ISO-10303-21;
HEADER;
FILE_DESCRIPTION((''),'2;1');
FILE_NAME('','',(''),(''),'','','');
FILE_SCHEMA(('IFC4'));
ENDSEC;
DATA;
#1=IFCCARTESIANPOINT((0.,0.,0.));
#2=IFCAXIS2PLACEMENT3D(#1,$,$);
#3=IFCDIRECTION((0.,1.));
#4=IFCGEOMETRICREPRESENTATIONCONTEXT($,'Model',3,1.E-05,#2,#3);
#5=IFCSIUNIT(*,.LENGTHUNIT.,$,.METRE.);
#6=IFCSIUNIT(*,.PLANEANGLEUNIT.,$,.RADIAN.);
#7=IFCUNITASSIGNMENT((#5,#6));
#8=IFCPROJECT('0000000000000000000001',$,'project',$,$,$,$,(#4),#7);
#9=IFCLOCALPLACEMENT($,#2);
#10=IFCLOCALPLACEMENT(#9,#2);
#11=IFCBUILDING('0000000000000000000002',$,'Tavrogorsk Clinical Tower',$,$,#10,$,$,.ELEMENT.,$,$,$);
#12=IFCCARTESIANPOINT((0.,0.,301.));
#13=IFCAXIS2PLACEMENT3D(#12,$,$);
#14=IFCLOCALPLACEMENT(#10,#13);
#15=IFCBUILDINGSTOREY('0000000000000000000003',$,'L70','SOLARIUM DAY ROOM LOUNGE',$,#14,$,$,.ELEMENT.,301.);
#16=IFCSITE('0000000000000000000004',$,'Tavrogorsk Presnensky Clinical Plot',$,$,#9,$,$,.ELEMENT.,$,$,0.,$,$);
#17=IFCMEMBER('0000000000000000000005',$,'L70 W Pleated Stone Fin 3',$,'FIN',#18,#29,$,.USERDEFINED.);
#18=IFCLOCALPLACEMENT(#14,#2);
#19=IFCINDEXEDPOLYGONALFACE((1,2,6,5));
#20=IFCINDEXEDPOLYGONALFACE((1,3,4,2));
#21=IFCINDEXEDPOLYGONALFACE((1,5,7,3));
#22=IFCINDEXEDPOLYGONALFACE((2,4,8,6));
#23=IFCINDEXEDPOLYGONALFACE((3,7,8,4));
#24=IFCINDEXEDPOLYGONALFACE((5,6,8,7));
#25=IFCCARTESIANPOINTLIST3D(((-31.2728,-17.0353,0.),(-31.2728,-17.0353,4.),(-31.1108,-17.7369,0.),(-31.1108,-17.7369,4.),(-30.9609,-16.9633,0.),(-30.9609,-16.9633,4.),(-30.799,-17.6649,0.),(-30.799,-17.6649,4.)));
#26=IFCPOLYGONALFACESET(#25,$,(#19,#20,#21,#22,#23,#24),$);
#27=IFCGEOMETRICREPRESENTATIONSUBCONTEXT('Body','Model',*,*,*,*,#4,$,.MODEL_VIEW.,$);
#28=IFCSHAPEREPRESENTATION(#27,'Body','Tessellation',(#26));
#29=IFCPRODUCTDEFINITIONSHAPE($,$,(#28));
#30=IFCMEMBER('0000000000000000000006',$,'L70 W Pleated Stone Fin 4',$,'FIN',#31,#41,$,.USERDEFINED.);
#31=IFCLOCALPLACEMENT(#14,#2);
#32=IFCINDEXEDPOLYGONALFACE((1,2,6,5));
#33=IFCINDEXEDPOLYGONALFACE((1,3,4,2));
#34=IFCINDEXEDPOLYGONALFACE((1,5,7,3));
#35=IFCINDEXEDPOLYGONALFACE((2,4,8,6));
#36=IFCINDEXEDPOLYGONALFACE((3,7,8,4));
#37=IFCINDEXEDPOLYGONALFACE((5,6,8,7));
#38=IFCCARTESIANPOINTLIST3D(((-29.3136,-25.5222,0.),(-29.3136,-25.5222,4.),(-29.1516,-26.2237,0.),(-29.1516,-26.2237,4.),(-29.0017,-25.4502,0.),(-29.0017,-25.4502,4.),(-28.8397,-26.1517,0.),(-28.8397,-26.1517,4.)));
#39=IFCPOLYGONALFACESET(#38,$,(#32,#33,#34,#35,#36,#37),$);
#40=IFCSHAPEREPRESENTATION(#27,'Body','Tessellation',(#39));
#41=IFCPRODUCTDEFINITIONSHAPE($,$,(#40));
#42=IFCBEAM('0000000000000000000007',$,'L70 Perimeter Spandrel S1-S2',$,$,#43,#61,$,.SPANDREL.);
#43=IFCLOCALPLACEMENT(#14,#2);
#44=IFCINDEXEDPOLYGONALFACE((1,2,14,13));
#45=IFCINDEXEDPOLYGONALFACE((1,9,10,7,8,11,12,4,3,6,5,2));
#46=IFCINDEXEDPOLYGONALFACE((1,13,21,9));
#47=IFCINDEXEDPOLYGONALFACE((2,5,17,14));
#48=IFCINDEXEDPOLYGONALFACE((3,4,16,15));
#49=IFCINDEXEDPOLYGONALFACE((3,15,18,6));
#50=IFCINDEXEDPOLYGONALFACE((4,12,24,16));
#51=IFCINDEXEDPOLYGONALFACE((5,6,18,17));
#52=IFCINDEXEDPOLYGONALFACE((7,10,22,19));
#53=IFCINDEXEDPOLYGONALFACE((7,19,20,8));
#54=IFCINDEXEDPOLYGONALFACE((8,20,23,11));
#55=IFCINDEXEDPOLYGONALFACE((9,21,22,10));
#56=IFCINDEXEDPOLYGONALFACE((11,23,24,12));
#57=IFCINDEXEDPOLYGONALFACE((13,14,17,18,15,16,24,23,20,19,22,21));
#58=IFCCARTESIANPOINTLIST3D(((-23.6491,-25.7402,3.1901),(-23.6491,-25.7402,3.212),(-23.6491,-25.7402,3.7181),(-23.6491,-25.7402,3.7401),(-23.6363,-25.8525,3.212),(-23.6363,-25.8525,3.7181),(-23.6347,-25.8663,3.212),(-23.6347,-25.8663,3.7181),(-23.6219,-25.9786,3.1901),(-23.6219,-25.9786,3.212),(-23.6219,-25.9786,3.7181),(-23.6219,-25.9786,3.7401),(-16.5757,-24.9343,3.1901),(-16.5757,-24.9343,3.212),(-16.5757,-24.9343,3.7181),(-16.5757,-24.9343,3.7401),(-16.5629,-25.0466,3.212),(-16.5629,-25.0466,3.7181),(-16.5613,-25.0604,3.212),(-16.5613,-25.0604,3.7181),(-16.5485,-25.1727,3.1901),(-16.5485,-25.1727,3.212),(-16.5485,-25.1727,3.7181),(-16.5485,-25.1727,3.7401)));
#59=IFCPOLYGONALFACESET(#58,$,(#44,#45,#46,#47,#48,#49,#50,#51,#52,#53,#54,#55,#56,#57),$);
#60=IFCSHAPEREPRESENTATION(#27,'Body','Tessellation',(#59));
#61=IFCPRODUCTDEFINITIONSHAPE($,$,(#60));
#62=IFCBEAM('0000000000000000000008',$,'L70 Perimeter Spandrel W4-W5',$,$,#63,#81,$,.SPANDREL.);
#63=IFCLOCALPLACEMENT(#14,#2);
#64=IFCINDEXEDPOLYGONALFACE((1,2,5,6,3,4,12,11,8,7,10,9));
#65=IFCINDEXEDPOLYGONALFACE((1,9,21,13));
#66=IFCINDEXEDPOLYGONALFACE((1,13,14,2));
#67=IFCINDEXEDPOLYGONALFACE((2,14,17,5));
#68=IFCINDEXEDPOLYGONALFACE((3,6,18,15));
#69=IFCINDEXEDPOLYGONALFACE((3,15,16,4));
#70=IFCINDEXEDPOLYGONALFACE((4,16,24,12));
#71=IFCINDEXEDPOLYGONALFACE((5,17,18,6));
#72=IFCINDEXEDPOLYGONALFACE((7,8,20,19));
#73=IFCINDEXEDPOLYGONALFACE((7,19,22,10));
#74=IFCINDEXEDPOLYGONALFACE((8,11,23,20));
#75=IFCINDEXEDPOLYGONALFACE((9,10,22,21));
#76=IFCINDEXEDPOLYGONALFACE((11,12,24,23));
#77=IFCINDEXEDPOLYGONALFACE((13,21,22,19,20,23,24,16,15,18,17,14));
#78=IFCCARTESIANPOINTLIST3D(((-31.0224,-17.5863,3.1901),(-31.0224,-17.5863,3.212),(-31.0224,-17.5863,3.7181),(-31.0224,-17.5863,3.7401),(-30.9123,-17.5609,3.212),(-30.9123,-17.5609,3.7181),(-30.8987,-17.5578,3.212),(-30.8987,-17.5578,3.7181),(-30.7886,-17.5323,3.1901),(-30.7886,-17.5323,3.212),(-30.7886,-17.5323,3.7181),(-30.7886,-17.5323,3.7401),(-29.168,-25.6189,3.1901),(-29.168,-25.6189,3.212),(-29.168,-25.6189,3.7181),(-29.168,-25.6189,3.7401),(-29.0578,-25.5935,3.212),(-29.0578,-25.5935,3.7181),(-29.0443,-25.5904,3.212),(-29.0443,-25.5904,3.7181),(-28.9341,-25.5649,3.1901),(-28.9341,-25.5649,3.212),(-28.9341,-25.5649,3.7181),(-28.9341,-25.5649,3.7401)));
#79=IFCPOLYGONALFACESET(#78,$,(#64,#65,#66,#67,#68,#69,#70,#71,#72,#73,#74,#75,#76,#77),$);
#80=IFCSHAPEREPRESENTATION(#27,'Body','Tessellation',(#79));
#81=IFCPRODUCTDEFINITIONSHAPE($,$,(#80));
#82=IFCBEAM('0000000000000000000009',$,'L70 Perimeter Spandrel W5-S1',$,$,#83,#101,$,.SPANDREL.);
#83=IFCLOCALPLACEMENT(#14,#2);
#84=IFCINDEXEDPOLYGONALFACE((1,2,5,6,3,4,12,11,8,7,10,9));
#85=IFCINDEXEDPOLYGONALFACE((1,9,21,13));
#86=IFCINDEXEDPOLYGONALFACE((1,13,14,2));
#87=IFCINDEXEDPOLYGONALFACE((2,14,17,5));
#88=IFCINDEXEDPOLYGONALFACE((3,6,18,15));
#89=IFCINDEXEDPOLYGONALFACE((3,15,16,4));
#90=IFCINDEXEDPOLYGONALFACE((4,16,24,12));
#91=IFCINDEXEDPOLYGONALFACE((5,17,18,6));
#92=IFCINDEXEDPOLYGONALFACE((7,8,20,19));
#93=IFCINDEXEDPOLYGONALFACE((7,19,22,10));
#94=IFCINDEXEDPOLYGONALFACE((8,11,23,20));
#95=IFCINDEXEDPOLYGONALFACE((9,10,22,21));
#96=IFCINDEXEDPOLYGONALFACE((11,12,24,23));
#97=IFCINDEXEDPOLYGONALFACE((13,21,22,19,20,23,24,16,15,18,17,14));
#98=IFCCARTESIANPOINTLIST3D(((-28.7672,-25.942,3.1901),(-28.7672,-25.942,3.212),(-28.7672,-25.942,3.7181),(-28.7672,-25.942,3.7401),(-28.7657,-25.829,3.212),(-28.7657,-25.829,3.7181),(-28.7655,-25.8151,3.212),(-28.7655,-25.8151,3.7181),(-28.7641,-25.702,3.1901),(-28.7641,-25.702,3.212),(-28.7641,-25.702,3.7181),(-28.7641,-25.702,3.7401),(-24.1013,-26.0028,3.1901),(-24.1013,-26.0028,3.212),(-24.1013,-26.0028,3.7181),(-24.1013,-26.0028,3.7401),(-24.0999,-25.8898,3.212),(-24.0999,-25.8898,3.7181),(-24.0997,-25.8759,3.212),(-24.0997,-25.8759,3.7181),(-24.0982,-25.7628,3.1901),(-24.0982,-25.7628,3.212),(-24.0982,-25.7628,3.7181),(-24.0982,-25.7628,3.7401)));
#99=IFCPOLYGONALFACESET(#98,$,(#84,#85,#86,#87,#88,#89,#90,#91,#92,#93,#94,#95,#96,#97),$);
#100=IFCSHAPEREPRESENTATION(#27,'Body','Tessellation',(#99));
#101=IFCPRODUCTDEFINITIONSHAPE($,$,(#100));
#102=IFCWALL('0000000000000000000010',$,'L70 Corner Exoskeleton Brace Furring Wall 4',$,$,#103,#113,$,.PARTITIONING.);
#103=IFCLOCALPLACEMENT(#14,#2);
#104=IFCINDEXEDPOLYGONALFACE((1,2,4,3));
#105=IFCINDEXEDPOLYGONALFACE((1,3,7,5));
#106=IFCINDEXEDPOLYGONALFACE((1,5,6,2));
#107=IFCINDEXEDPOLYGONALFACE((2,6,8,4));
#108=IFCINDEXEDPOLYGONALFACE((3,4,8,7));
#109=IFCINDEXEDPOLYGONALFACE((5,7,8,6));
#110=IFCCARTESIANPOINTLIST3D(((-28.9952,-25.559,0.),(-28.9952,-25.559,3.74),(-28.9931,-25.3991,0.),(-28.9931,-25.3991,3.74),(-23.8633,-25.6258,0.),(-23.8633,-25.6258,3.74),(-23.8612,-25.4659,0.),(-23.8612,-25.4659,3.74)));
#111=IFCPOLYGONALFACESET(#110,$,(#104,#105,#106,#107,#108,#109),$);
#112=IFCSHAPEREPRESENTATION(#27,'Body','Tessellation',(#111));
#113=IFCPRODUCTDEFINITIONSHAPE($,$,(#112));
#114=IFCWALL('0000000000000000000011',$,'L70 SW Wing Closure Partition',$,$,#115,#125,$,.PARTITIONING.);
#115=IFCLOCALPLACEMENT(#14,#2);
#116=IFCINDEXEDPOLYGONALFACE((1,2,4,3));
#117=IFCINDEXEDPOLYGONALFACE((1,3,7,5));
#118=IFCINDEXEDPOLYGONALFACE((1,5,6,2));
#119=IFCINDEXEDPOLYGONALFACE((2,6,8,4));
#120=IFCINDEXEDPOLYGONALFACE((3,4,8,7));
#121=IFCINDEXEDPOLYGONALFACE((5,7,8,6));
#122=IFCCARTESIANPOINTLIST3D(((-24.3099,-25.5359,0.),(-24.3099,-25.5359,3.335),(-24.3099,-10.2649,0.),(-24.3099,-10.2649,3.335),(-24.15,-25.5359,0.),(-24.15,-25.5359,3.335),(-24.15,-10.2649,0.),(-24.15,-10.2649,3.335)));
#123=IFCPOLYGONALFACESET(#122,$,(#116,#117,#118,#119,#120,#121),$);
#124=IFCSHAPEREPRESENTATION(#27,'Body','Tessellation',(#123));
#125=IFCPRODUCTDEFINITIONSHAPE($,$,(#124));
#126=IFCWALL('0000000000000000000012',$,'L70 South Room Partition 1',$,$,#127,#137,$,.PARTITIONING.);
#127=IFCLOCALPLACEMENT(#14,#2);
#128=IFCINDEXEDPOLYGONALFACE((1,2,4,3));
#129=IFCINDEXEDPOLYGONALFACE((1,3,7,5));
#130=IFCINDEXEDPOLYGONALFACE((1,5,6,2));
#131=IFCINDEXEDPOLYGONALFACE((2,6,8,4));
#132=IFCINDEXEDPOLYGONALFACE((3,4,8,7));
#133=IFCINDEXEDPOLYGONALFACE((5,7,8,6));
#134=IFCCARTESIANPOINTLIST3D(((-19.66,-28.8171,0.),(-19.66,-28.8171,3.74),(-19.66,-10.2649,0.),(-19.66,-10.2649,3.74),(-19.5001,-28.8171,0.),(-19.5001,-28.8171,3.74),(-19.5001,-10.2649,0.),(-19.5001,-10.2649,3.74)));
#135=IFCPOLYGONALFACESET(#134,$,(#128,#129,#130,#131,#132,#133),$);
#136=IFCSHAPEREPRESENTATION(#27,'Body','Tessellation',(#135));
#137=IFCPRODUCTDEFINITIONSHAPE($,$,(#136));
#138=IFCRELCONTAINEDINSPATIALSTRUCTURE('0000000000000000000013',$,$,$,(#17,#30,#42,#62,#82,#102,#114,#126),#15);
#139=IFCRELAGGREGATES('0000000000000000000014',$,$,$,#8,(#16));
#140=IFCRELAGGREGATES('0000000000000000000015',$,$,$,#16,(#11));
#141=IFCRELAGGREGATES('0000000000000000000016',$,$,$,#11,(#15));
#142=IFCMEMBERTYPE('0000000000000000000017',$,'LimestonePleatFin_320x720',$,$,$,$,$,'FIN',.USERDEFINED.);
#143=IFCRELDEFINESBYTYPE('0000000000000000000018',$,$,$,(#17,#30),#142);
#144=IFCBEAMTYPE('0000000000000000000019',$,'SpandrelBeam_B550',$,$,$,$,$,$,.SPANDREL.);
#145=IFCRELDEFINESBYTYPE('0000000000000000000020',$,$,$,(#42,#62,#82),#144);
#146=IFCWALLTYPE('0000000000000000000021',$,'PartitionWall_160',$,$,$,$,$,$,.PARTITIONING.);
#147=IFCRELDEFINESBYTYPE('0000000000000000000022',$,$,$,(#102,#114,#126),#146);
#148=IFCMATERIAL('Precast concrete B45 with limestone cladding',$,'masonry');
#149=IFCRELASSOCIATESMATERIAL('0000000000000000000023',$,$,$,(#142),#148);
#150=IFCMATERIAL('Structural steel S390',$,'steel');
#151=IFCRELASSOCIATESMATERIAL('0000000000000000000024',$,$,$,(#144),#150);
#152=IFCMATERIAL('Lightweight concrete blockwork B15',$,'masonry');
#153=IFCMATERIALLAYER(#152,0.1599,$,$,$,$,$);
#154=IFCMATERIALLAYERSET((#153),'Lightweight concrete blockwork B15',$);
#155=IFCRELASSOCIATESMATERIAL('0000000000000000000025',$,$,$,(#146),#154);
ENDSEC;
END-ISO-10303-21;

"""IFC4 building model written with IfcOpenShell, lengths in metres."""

from ifc_helpers import new_model, si_unit, direction, frame, frame_2d, origin, origin_2d, place, context, subcontext, project, spatial, rectangle, i_section, extrude, material, layer, layer_set, material_profile, profile_set, type_object, element, save


model = new_model("IFC4")

# Units and contexts
model_context = context("Model", 3, precision=1e-05, world=origin(), true_north=direction((0.0, 1.0)))
body_context = subcontext(model_context, "Body", "Model", "MODEL_VIEW")
ifc_project = project(units=[si_unit("LENGTHUNIT", "METRE"), si_unit("PLANEANGLEUNIT", "RADIAN")], contexts=[model_context])

# Site, building, storey
site_placement = place(None, origin())
site = spatial("IfcSite", under=ifc_project, at=site_placement, Name="Tavrogorsk Presnensky Clinical Plot", CompositionType="ELEMENT", RefElevation=0.0)
building_placement = place(site_placement, origin())
building = spatial("IfcBuilding", under=site, at=building_placement, Name="Tavrogorsk Clinical Tower", CompositionType="ELEMENT")
storey_placement = place(building_placement, frame((0.0, 0.0, 301.0)))
storey = spatial("IfcBuildingStorey", under=building, at=storey_placement, Name="L70", Description="SOLARIUM DAY ROOM LOUNGE", CompositionType="ELEMENT", Elevation=301.0)

# Members
ifc_material_1 = material(Name="Precast concrete B45 with limestone cladding", Category="masonry")
ifc_material_profile_1 = material_profile(ifc_material_1, rectangle(XDim=0.3201, YDim=0.72, at=origin_2d()), Name="LIMESTONE-FIN-320x720")
ifc_profile_set_1 = profile_set([ifc_material_profile_1], Name="Precast concrete B45 with limestone cladding")
member_type_1 = type_object("IfcMemberType", Name="LimestonePleatFin_320x720", ElementType="FIN", PredefinedType="USERDEFINED", material=ifc_profile_set_1)
for number, where, z_axis, x_axis, name in (
    (1, (-31.0359, -17.3501, 0.0), (0.0, 0.0, 1.0), (0.97437, 0.224951, 0.0), "L70 W Pleated Stone Fin 3"),
    (2, (-29.0767, -25.8369, 0.0), (0.0, 0.0, 1.0), (0.97437, 0.224951, 0.0), "L70 W Pleated Stone Fin 4"),
):
    element("IfcMember", number, at=place(storey_placement, frame(where, z_axis=z_axis, x_axis=x_axis)), inside=storey, type_object=member_type_1, Name=name, ObjectType="FIN", PredefinedType="USERDEFINED", context=body_context, shape_type="SweptSolid", body=[
        extrude(rectangle(XDim=0.3201, YDim=0.72, at=origin_2d()), origin(), (0.0, 0.0, 1.0), 4.0),
    ])

# Beams
ifc_material_2 = material(Name="Structural steel S390", Category="steel")
ifc_material_profile_2 = material_profile(ifc_material_2, i_section(OverallWidth=0.24, OverallDepth=0.55, WebThickness=0.0139, FlangeThickness=0.022, at=origin_2d()), Name="B-550x240x14x22")
ifc_profile_set_2 = profile_set([ifc_material_profile_2], Name="Structural steel S390")
beam_type_1 = type_object("IfcBeamType", Name="SpandrelBeam_B550", PredefinedType="SPANDREL", material=ifc_profile_set_2)
beam_1_placement = place(storey_placement, frame((-23.6355, -25.8594, 3.4651), z_axis=(0.993572, 0.113201, 0.0), x_axis=(-0.113201, 0.993572, 0.0)))
element("IfcBeam", 3, at=beam_1_placement, inside=storey, type_object=beam_type_1, Name="L70 Perimeter Spandrel S1-S2", PredefinedType="SPANDREL", context=body_context, shape_type="SweptSolid", body=[
    extrude(i_section(OverallWidth=0.24, OverallDepth=0.55, WebThickness=0.0139, FlangeThickness=0.022, at=origin_2d()), origin(), (0.0, 0.0, 1.0), 7.1191),
])
beam_2_placement = place(storey_placement, frame((-30.9055, -17.5593, 3.4651), z_axis=(0.22495, -0.97437, 0.0), x_axis=(0.97437, 0.22495, 0.0)))
element("IfcBeam", 4, at=beam_2_placement, inside=storey, type_object=beam_type_1, Name="L70 Perimeter Spandrel W4-W5", PredefinedType="SPANDREL", context=body_context, shape_type="SweptSolid", body=[
    extrude(i_section(OverallWidth=0.24, OverallDepth=0.55, WebThickness=0.0139, FlangeThickness=0.022, at=origin_2d()), origin(), (0.0, 0.0, 1.0), 8.2439),
])
beam_3_placement = place(storey_placement, frame((-28.7656, -25.822, 3.4651), z_axis=(0.999915, -0.013028, 0.0), x_axis=(0.013028, 0.999915, 0.0)))
element("IfcBeam", 5, at=beam_3_placement, inside=storey, type_object=beam_type_1, Name="L70 Perimeter Spandrel W5-S1", PredefinedType="SPANDREL", context=body_context, shape_type="SweptSolid", body=[
    extrude(i_section(OverallWidth=0.24, OverallDepth=0.55, WebThickness=0.0139, FlangeThickness=0.022, at=origin_2d()), origin(), (0.0, 0.0, 1.0), 4.6663),
])

# Walls
ifc_material_3 = material(Name="Lightweight concrete blockwork B15", Category="masonry")
ifc_layer_1 = layer(ifc_material_3, 0.1599)
ifc_layer_set_1 = layer_set([ifc_layer_1], Name="Lightweight concrete blockwork B15")
wall_type_1 = type_object("IfcWallType", Name="PartitionWall_160", PredefinedType="PARTITIONING", material=ifc_layer_set_1)
wall_1_placement = place(storey_placement, frame((-28.9941, -25.479, 0.0), z_axis=(0.0, 0.0, 1.0), x_axis=(0.999915, -0.013034, 0.0)))
element("IfcWall", 6, at=wall_1_placement, inside=storey, type_object=wall_type_1, Name="L70 Corner Exoskeleton Brace Furring Wall 4", PredefinedType="PARTITIONING", context=body_context, shape_type="SweptSolid", body=[
    extrude(rectangle(XDim=5.1323, YDim=0.1599, at=frame_2d((2.5662, 0.0))), origin(), (0.0, 0.0, 1.0), 3.74),
])
wall_2_placement = place(storey_placement, frame((-24.23, -25.5359, 0.0), z_axis=(0.0, 0.0, 1.0), x_axis=(0.0, 1.0, 0.0)))
element("IfcWall", 7, at=wall_2_placement, inside=storey, type_object=wall_type_1, Name="L70 SW Wing Closure Partition", PredefinedType="PARTITIONING", context=body_context, shape_type="SweptSolid", body=[
    extrude(rectangle(XDim=15.271, YDim=0.1599, at=frame_2d((7.6355, 0.0))), origin(), (0.0, 0.0, 1.0), 3.335),
])
wall_3_placement = place(storey_placement, frame((-19.5801, -28.8171, 0.0), z_axis=(0.0, 0.0, 1.0), x_axis=(0.0, 1.0, 0.0)))
element("IfcWall", 8, at=wall_3_placement, inside=storey, type_object=wall_type_1, Name="L70 South Room Partition 1", PredefinedType="PARTITIONING", context=body_context, shape_type="SweptSolid", body=[
    extrude(rectangle(XDim=18.5522, YDim=0.1599, at=frame_2d((9.2761, 0.0))), origin(), (0.0, 0.0, 1.0), 3.74),
])

save(model, "model.ifc")
